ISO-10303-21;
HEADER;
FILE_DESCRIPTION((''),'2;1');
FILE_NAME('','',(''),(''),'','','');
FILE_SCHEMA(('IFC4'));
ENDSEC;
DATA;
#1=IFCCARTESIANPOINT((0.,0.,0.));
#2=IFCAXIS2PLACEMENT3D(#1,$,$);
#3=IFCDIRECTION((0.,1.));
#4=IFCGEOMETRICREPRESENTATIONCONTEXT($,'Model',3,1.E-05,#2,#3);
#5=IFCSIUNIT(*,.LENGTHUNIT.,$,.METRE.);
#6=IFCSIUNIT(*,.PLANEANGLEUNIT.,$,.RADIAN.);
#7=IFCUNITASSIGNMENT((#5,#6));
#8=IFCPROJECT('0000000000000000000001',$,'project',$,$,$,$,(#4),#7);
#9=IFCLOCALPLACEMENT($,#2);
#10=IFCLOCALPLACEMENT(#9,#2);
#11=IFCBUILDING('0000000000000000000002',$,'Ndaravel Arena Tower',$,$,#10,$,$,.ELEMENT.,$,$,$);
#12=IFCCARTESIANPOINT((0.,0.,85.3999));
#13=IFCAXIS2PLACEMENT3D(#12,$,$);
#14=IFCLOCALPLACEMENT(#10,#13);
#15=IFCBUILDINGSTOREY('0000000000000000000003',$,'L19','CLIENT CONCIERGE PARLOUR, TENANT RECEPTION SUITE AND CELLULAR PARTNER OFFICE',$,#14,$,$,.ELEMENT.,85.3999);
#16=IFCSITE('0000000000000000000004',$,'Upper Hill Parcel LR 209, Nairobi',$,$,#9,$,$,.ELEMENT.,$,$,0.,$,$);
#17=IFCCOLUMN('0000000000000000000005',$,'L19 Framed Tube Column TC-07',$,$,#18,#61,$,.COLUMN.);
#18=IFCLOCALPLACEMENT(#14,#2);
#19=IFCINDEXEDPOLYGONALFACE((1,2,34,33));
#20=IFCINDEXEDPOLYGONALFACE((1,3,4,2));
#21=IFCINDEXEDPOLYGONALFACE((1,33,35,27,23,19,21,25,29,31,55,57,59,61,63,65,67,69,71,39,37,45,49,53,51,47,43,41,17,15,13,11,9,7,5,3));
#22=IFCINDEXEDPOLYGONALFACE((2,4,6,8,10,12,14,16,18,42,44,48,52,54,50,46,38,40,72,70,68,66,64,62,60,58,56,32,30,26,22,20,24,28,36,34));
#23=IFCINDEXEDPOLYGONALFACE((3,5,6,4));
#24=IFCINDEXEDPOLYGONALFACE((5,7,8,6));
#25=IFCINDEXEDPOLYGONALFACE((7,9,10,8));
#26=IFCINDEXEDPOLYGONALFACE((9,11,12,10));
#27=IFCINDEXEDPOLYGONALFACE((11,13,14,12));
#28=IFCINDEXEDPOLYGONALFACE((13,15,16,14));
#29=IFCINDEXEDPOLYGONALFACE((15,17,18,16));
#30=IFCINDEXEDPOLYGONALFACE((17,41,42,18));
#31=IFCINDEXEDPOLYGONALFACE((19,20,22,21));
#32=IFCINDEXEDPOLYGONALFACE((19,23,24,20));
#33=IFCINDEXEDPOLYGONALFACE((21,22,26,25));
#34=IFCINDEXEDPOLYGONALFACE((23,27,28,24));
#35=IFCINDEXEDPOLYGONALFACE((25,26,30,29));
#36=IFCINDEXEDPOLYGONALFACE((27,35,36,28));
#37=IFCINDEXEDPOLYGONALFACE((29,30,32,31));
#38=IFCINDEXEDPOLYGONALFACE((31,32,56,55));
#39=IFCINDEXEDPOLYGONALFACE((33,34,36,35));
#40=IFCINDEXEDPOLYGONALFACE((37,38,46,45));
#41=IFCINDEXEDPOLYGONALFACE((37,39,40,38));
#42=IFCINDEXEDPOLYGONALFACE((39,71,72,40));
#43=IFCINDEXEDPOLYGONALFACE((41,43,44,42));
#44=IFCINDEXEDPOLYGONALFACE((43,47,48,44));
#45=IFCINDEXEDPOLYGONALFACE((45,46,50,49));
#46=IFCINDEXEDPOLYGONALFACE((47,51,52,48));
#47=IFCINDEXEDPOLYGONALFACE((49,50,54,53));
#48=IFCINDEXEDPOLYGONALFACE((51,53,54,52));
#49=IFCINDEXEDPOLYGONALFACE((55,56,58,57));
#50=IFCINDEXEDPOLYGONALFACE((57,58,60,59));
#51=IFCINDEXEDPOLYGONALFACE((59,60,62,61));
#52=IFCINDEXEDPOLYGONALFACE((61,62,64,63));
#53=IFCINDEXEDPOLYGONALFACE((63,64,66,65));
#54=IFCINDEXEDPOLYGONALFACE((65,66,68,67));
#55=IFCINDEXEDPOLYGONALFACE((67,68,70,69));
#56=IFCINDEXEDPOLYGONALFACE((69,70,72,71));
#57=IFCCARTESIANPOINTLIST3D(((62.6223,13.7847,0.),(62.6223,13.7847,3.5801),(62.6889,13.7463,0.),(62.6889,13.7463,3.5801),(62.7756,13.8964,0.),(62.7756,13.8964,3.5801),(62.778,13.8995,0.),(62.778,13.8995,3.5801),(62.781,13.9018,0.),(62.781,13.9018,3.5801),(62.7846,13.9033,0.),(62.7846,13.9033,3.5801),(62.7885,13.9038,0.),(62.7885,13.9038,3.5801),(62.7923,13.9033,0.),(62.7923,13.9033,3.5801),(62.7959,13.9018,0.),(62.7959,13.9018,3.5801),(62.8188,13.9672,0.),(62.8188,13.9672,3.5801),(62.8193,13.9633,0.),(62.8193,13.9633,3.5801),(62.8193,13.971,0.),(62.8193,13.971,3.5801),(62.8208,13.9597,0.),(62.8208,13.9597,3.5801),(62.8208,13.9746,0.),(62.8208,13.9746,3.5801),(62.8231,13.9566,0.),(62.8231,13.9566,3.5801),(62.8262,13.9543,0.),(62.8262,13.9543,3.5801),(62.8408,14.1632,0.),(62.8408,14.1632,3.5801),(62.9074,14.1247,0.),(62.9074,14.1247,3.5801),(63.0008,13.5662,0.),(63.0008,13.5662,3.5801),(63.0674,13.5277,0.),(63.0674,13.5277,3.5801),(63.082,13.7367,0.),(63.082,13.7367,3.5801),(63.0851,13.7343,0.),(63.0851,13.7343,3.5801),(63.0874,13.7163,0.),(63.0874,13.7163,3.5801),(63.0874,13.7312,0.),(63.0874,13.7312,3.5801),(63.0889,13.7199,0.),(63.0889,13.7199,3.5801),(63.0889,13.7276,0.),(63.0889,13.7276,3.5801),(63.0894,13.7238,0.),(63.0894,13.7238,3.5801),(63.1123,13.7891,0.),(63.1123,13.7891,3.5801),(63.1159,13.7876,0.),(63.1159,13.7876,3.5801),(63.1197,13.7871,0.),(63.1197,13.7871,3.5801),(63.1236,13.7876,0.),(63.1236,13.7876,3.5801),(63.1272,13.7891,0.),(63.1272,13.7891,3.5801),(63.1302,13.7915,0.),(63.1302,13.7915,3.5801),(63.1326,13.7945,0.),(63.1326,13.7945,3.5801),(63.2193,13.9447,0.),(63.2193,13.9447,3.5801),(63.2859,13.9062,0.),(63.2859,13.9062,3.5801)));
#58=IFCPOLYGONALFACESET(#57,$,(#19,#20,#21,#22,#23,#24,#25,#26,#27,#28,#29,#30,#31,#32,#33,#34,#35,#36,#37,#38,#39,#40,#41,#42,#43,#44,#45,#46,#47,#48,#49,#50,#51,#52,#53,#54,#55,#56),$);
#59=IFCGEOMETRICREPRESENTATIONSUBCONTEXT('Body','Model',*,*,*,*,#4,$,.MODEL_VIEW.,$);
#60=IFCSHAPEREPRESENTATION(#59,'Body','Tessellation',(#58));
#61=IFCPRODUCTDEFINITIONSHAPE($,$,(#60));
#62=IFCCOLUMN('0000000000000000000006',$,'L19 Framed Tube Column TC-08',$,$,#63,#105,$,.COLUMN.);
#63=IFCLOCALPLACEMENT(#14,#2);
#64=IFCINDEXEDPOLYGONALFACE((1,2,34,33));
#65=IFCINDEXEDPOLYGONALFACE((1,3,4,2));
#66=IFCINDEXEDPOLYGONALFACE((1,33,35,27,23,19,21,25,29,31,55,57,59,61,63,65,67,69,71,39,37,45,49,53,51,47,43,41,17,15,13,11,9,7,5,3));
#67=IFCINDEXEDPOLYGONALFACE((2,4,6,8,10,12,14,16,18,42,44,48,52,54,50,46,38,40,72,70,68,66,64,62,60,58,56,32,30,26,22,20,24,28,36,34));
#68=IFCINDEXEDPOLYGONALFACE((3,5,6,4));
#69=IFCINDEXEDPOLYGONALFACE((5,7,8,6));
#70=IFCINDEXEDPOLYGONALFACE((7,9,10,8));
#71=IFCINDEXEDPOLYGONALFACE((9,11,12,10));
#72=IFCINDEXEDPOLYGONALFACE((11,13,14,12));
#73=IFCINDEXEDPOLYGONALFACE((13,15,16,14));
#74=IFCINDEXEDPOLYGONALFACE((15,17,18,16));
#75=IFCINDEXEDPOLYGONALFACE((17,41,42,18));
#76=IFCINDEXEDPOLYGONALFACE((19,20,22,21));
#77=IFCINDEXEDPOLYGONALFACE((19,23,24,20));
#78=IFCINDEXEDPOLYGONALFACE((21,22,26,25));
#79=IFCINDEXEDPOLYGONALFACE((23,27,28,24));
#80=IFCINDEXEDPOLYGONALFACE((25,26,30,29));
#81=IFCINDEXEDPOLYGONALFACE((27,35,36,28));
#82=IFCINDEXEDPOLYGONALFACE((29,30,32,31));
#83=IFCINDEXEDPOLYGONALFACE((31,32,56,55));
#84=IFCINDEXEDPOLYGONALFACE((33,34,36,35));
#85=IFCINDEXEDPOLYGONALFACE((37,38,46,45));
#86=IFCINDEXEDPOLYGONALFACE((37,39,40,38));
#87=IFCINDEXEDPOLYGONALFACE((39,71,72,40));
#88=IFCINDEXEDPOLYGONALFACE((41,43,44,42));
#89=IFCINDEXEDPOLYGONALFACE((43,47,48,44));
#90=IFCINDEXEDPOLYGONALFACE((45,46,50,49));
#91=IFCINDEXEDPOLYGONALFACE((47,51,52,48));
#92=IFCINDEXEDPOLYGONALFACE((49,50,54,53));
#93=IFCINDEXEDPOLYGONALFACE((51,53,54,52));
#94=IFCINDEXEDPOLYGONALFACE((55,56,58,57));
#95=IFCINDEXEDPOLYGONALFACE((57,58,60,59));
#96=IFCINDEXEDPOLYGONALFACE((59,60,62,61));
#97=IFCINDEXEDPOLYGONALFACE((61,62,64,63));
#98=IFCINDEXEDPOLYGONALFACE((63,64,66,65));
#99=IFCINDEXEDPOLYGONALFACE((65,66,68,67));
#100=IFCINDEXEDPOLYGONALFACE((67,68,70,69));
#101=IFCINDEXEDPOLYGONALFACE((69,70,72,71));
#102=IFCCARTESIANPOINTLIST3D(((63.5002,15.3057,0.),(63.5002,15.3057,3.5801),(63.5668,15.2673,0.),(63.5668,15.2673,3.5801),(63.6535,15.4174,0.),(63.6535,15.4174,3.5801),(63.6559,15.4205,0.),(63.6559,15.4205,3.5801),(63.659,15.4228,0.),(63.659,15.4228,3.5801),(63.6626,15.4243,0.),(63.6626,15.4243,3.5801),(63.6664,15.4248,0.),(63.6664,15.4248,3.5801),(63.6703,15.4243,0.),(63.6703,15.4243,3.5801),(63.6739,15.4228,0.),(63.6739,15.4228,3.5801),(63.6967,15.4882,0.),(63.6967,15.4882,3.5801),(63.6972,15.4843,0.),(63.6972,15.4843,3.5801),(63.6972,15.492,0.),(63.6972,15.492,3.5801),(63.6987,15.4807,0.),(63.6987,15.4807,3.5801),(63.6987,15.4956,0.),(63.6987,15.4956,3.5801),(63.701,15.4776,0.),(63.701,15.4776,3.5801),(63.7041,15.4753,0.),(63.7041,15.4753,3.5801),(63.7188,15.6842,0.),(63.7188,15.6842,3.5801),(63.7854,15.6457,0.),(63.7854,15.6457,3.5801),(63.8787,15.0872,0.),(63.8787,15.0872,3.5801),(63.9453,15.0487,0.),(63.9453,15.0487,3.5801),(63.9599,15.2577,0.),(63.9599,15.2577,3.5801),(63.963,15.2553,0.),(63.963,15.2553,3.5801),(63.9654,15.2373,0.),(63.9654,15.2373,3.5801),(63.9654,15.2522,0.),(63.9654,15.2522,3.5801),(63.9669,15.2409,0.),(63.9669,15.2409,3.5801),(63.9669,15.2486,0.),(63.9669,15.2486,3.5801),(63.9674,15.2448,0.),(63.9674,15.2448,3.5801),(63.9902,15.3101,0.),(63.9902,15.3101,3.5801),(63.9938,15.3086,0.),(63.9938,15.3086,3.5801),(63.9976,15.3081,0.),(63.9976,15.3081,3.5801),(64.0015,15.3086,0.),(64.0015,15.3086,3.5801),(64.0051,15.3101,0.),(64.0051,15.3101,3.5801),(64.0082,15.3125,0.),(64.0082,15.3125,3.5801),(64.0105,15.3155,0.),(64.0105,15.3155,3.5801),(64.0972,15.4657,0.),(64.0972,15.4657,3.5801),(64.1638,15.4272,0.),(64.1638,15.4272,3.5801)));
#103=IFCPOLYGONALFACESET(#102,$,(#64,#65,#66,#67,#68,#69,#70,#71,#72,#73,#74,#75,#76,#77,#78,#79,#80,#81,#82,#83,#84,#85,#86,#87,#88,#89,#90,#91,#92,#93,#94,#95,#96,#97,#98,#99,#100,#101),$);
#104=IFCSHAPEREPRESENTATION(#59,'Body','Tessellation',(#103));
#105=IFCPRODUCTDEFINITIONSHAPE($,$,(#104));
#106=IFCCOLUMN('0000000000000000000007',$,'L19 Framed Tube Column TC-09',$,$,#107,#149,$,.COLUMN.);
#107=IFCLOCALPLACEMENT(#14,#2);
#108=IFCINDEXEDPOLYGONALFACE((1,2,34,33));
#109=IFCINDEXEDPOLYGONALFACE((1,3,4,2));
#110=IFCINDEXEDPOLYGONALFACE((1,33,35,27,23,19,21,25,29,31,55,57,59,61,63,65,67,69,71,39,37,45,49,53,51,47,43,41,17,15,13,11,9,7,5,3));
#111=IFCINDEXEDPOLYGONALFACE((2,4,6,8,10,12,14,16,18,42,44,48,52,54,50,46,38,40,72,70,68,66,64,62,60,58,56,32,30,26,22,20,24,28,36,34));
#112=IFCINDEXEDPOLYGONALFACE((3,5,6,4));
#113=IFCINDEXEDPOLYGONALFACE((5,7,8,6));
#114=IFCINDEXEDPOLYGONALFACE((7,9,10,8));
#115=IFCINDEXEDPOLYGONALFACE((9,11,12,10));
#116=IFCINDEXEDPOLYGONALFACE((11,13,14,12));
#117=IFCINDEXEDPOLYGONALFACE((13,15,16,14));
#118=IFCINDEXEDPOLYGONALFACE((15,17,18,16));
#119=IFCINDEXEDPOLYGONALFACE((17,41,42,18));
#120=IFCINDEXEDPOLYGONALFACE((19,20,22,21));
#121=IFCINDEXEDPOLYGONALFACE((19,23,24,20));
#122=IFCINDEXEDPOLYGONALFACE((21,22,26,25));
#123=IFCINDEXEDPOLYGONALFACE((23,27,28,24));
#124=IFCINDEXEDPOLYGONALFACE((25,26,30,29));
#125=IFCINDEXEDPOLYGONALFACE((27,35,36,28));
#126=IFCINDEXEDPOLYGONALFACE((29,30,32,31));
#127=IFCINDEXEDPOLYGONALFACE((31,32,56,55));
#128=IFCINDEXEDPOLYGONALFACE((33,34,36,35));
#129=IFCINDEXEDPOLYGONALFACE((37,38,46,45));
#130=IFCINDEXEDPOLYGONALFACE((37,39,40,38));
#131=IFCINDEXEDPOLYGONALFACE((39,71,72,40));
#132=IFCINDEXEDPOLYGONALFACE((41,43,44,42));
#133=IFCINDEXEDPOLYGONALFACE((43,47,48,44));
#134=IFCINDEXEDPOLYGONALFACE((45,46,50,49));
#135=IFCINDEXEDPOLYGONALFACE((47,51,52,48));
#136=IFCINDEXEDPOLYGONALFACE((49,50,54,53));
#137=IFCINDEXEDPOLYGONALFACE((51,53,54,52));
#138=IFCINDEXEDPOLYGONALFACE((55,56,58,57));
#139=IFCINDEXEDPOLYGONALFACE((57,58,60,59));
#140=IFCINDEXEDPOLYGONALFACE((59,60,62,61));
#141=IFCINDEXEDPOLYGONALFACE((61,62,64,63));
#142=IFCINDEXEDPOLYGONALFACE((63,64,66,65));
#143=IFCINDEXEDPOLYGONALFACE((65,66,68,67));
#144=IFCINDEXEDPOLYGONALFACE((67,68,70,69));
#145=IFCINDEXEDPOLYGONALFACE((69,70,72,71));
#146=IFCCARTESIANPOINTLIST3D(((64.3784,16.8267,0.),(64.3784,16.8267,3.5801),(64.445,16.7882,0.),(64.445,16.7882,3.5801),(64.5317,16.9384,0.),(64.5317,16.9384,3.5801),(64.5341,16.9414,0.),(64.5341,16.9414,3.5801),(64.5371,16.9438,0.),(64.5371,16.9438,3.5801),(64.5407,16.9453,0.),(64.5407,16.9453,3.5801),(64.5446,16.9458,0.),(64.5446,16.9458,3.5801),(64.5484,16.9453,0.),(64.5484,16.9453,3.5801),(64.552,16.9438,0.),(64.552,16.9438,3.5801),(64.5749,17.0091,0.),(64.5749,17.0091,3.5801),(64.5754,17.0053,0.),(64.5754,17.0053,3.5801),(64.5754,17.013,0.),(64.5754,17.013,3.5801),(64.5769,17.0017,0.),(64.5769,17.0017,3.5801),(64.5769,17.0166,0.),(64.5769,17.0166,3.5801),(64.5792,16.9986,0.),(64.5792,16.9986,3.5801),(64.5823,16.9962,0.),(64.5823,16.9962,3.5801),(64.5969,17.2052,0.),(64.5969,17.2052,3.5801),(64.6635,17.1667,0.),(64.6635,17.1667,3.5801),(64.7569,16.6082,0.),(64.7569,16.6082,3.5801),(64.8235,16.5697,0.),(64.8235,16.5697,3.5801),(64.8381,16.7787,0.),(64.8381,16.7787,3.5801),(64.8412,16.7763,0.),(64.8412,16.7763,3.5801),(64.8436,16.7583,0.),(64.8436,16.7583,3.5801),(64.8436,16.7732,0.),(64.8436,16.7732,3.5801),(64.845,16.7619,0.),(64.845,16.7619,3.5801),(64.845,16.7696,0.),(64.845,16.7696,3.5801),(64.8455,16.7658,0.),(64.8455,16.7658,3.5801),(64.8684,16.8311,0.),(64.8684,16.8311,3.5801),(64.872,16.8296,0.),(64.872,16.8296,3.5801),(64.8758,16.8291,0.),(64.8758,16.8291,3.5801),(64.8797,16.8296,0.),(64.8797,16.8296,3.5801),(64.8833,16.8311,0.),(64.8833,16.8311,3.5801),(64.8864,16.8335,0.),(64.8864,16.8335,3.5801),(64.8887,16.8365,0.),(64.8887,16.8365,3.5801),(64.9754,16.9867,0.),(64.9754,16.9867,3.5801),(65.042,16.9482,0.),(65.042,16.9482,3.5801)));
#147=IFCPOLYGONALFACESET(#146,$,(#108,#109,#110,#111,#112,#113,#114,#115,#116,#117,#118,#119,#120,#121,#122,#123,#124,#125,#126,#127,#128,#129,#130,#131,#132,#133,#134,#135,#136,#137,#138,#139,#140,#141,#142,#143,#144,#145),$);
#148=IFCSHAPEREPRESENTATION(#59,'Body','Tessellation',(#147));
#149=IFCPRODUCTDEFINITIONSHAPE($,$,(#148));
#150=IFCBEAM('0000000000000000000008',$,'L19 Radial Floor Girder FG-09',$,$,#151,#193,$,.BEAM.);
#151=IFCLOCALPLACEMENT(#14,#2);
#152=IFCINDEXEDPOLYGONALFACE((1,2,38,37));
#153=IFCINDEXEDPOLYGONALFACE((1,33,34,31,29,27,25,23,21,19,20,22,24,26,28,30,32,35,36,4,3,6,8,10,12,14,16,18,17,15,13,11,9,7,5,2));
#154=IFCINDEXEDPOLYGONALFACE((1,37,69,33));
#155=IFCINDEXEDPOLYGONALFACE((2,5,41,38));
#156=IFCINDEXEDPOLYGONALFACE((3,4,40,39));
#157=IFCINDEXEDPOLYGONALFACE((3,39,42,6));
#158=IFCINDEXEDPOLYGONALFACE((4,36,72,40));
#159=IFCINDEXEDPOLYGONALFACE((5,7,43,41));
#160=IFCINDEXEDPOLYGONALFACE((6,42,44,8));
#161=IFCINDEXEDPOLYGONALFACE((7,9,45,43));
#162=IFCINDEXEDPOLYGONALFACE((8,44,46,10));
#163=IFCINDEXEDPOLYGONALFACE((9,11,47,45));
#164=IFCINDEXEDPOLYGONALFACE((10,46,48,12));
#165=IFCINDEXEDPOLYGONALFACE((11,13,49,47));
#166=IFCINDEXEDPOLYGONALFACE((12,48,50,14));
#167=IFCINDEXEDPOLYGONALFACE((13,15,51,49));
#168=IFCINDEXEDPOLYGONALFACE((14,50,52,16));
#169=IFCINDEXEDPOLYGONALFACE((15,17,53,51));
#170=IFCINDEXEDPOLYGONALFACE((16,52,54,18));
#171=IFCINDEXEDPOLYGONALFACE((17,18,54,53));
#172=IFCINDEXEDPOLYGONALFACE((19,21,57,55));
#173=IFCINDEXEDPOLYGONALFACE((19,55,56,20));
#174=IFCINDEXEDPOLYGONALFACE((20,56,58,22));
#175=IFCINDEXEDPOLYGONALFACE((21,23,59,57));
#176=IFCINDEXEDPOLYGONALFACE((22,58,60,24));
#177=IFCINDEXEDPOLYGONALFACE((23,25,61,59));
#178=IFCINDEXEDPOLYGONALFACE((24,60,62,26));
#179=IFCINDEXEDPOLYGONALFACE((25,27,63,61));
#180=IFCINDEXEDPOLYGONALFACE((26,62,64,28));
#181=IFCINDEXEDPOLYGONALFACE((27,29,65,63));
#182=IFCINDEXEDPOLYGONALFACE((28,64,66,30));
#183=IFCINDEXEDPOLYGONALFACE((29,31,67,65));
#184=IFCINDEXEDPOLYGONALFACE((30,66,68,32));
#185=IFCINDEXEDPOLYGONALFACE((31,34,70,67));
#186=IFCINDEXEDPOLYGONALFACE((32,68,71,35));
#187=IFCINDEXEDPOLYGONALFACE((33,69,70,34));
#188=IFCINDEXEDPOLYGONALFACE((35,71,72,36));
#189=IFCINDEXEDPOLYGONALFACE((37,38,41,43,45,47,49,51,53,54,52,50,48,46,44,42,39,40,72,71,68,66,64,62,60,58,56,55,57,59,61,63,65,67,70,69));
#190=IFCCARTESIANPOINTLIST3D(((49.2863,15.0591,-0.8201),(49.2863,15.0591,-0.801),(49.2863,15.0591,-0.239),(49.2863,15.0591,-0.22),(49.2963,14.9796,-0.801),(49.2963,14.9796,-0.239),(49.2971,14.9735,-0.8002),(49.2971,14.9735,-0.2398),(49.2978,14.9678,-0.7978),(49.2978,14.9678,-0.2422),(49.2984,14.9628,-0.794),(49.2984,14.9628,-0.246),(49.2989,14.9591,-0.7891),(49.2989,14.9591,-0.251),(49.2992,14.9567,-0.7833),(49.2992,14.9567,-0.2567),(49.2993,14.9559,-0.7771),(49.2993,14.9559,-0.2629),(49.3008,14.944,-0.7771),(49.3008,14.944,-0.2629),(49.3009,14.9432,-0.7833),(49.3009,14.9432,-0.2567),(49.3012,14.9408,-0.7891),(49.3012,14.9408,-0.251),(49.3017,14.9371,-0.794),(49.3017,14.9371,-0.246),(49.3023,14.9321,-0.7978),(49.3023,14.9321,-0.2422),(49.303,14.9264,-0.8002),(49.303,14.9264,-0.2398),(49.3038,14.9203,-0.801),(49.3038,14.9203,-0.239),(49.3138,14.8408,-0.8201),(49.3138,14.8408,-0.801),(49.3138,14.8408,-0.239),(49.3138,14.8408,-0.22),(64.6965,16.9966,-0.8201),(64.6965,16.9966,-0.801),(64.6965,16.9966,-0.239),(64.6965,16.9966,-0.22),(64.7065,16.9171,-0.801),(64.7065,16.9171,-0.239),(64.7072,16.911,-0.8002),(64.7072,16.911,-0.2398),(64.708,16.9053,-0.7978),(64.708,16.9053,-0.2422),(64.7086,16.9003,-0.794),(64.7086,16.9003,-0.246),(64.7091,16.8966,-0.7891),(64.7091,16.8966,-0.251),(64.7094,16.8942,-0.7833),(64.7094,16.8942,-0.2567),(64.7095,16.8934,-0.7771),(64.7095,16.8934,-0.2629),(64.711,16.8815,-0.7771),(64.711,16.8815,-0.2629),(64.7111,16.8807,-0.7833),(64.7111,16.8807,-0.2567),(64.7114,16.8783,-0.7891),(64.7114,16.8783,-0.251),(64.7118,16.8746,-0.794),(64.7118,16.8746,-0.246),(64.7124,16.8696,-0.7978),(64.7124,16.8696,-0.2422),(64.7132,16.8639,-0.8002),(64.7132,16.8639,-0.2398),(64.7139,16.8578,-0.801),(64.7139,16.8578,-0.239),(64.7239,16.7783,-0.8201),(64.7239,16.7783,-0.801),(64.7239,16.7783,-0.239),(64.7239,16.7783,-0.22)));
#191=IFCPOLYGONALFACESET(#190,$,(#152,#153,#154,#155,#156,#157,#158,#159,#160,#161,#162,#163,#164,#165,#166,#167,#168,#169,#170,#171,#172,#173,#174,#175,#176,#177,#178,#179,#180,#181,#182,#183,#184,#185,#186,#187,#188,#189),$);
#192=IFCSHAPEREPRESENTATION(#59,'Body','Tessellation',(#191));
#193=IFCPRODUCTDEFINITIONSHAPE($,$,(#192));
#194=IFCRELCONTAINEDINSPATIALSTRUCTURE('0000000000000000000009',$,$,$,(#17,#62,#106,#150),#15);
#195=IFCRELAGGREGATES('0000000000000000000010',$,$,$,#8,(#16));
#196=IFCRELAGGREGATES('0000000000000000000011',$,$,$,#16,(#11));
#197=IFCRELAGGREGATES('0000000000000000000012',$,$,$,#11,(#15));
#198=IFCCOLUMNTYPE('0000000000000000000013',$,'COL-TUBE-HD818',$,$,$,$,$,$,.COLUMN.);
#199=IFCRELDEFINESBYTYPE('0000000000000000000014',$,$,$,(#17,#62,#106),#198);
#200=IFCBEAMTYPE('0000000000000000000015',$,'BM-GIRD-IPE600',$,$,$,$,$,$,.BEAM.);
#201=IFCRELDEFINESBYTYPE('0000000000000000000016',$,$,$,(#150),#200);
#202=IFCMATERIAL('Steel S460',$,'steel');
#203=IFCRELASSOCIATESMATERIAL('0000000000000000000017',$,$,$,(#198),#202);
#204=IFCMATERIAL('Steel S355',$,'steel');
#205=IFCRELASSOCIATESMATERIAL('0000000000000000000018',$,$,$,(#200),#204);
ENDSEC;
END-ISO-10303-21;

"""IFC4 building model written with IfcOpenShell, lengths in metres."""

from ifc_helpers import new_model, si_unit, direction, frame, origin, origin_2d, place, context, subcontext, project, spatial, i_section, extrude, material, material_profile, profile_set, type_object, element, save


model = new_model("IFC4")

# Units and contexts
model_context = context("Model", 3, precision=1e-05, world=origin(), true_north=direction((0.0, 1.0)))
body_context = subcontext(model_context, "Body", "Model", "MODEL_VIEW")
ifc_project = project(units=[si_unit("LENGTHUNIT", "METRE"), si_unit("PLANEANGLEUNIT", "RADIAN")], contexts=[model_context])

# Site, building, storey
site_placement = place(None, origin())
site = spatial("IfcSite", under=ifc_project, at=site_placement, Name="Upper Hill Parcel LR 209, Nairobi", CompositionType="ELEMENT", RefElevation=0.0)
building_placement = place(site_placement, origin())
building = spatial("IfcBuilding", under=site, at=building_placement, Name="Ndaravel Arena Tower", CompositionType="ELEMENT")
storey_placement = place(building_placement, frame((0.0, 0.0, 85.3999)))
storey = spatial("IfcBuildingStorey", under=building, at=storey_placement, Name="L19", Description="CLIENT CONCIERGE PARLOUR, TENANT RECEPTION SUITE AND CELLULAR PARTNER OFFICE", CompositionType="ELEMENT", Elevation=85.3999)

# Columns
ifc_material_1 = material(Name="Steel S460", Category="steel")
ifc_material_profile_1 = material_profile(ifc_material_1, i_section(OverallWidth=0.437, OverallDepth=0.5139, WebThickness=0.0605, FlangeThickness=0.0769, FilletRadius=0.0149, at=origin_2d()), Name="HD 400x818")
ifc_profile_set_1 = profile_set([ifc_material_profile_1], Name="Steel S460")
column_type = type_object("IfcColumnType", Name="COL-TUBE-HD818", PredefinedType="COLUMN", material=ifc_profile_set_1)
for number, where, z_axis, x_axis, name in (
    (1, (62.9541, 13.8455, 0.0), (0.0, 0.0, 1.0), (0.5, 0.866025, 0.0), "L19 Framed Tube Column TC-07"),
    (2, (63.832, 15.3665, 0.0), (0.0, 0.0, 1.0), (0.5, 0.866025, 0.0), "L19 Framed Tube Column TC-08"),
    (3, (64.7102, 16.8875, 0.0), (0.0, 0.0, 1.0), (0.5, 0.866025, 0.0), "L19 Framed Tube Column TC-09"),
):
    element("IfcColumn", number, at=place(storey_placement, frame(where, z_axis=z_axis, x_axis=x_axis)), inside=storey, type_object=column_type, Name=name, PredefinedType="COLUMN", context=body_context, shape_type="SweptSolid", body=[
        extrude(i_section(OverallWidth=0.437, OverallDepth=0.5139, WebThickness=0.0605, FlangeThickness=0.0769, FilletRadius=0.0149, at=origin_2d()), origin(), (0.0, 0.0, 1.0), 3.5801),
    ])

# Beam
ifc_material_2 = material(Name="Steel S355", Category="steel")
ifc_material_profile_2 = material_profile(ifc_material_2, i_section(OverallWidth=0.22, OverallDepth=0.6001, WebThickness=0.012, FlangeThickness=0.019, FilletRadius=0.0239, at=origin_2d()), Name="IPE 600")
ifc_profile_set_2 = profile_set([ifc_material_profile_2], Name="Steel S355")
beam_type_1 = type_object("IfcBeamType", Name="BM-GIRD-IPE600", PredefinedType="BEAM", material=ifc_profile_set_2)
beam_1_placement = place(storey_placement, frame((64.7102, 16.8875, -0.52), z_axis=(-0.992189, -0.124747, 0.0), x_axis=(0.124747, -0.992189, 0.0)))
element("IfcBeam", 4, at=beam_1_placement, inside=storey, type_object=beam_type_1, Name="L19 Radial Floor Girder FG-09", PredefinedType="BEAM", context=body_context, shape_type="SweptSolid", body=[
    extrude(i_section(OverallWidth=0.22, OverallDepth=0.6001, WebThickness=0.012, FlangeThickness=0.019, FilletRadius=0.0239, at=origin_2d()), origin(), (0.0, 0.0, 1.0), 15.5315),
])

save(model, "model.ifc")
